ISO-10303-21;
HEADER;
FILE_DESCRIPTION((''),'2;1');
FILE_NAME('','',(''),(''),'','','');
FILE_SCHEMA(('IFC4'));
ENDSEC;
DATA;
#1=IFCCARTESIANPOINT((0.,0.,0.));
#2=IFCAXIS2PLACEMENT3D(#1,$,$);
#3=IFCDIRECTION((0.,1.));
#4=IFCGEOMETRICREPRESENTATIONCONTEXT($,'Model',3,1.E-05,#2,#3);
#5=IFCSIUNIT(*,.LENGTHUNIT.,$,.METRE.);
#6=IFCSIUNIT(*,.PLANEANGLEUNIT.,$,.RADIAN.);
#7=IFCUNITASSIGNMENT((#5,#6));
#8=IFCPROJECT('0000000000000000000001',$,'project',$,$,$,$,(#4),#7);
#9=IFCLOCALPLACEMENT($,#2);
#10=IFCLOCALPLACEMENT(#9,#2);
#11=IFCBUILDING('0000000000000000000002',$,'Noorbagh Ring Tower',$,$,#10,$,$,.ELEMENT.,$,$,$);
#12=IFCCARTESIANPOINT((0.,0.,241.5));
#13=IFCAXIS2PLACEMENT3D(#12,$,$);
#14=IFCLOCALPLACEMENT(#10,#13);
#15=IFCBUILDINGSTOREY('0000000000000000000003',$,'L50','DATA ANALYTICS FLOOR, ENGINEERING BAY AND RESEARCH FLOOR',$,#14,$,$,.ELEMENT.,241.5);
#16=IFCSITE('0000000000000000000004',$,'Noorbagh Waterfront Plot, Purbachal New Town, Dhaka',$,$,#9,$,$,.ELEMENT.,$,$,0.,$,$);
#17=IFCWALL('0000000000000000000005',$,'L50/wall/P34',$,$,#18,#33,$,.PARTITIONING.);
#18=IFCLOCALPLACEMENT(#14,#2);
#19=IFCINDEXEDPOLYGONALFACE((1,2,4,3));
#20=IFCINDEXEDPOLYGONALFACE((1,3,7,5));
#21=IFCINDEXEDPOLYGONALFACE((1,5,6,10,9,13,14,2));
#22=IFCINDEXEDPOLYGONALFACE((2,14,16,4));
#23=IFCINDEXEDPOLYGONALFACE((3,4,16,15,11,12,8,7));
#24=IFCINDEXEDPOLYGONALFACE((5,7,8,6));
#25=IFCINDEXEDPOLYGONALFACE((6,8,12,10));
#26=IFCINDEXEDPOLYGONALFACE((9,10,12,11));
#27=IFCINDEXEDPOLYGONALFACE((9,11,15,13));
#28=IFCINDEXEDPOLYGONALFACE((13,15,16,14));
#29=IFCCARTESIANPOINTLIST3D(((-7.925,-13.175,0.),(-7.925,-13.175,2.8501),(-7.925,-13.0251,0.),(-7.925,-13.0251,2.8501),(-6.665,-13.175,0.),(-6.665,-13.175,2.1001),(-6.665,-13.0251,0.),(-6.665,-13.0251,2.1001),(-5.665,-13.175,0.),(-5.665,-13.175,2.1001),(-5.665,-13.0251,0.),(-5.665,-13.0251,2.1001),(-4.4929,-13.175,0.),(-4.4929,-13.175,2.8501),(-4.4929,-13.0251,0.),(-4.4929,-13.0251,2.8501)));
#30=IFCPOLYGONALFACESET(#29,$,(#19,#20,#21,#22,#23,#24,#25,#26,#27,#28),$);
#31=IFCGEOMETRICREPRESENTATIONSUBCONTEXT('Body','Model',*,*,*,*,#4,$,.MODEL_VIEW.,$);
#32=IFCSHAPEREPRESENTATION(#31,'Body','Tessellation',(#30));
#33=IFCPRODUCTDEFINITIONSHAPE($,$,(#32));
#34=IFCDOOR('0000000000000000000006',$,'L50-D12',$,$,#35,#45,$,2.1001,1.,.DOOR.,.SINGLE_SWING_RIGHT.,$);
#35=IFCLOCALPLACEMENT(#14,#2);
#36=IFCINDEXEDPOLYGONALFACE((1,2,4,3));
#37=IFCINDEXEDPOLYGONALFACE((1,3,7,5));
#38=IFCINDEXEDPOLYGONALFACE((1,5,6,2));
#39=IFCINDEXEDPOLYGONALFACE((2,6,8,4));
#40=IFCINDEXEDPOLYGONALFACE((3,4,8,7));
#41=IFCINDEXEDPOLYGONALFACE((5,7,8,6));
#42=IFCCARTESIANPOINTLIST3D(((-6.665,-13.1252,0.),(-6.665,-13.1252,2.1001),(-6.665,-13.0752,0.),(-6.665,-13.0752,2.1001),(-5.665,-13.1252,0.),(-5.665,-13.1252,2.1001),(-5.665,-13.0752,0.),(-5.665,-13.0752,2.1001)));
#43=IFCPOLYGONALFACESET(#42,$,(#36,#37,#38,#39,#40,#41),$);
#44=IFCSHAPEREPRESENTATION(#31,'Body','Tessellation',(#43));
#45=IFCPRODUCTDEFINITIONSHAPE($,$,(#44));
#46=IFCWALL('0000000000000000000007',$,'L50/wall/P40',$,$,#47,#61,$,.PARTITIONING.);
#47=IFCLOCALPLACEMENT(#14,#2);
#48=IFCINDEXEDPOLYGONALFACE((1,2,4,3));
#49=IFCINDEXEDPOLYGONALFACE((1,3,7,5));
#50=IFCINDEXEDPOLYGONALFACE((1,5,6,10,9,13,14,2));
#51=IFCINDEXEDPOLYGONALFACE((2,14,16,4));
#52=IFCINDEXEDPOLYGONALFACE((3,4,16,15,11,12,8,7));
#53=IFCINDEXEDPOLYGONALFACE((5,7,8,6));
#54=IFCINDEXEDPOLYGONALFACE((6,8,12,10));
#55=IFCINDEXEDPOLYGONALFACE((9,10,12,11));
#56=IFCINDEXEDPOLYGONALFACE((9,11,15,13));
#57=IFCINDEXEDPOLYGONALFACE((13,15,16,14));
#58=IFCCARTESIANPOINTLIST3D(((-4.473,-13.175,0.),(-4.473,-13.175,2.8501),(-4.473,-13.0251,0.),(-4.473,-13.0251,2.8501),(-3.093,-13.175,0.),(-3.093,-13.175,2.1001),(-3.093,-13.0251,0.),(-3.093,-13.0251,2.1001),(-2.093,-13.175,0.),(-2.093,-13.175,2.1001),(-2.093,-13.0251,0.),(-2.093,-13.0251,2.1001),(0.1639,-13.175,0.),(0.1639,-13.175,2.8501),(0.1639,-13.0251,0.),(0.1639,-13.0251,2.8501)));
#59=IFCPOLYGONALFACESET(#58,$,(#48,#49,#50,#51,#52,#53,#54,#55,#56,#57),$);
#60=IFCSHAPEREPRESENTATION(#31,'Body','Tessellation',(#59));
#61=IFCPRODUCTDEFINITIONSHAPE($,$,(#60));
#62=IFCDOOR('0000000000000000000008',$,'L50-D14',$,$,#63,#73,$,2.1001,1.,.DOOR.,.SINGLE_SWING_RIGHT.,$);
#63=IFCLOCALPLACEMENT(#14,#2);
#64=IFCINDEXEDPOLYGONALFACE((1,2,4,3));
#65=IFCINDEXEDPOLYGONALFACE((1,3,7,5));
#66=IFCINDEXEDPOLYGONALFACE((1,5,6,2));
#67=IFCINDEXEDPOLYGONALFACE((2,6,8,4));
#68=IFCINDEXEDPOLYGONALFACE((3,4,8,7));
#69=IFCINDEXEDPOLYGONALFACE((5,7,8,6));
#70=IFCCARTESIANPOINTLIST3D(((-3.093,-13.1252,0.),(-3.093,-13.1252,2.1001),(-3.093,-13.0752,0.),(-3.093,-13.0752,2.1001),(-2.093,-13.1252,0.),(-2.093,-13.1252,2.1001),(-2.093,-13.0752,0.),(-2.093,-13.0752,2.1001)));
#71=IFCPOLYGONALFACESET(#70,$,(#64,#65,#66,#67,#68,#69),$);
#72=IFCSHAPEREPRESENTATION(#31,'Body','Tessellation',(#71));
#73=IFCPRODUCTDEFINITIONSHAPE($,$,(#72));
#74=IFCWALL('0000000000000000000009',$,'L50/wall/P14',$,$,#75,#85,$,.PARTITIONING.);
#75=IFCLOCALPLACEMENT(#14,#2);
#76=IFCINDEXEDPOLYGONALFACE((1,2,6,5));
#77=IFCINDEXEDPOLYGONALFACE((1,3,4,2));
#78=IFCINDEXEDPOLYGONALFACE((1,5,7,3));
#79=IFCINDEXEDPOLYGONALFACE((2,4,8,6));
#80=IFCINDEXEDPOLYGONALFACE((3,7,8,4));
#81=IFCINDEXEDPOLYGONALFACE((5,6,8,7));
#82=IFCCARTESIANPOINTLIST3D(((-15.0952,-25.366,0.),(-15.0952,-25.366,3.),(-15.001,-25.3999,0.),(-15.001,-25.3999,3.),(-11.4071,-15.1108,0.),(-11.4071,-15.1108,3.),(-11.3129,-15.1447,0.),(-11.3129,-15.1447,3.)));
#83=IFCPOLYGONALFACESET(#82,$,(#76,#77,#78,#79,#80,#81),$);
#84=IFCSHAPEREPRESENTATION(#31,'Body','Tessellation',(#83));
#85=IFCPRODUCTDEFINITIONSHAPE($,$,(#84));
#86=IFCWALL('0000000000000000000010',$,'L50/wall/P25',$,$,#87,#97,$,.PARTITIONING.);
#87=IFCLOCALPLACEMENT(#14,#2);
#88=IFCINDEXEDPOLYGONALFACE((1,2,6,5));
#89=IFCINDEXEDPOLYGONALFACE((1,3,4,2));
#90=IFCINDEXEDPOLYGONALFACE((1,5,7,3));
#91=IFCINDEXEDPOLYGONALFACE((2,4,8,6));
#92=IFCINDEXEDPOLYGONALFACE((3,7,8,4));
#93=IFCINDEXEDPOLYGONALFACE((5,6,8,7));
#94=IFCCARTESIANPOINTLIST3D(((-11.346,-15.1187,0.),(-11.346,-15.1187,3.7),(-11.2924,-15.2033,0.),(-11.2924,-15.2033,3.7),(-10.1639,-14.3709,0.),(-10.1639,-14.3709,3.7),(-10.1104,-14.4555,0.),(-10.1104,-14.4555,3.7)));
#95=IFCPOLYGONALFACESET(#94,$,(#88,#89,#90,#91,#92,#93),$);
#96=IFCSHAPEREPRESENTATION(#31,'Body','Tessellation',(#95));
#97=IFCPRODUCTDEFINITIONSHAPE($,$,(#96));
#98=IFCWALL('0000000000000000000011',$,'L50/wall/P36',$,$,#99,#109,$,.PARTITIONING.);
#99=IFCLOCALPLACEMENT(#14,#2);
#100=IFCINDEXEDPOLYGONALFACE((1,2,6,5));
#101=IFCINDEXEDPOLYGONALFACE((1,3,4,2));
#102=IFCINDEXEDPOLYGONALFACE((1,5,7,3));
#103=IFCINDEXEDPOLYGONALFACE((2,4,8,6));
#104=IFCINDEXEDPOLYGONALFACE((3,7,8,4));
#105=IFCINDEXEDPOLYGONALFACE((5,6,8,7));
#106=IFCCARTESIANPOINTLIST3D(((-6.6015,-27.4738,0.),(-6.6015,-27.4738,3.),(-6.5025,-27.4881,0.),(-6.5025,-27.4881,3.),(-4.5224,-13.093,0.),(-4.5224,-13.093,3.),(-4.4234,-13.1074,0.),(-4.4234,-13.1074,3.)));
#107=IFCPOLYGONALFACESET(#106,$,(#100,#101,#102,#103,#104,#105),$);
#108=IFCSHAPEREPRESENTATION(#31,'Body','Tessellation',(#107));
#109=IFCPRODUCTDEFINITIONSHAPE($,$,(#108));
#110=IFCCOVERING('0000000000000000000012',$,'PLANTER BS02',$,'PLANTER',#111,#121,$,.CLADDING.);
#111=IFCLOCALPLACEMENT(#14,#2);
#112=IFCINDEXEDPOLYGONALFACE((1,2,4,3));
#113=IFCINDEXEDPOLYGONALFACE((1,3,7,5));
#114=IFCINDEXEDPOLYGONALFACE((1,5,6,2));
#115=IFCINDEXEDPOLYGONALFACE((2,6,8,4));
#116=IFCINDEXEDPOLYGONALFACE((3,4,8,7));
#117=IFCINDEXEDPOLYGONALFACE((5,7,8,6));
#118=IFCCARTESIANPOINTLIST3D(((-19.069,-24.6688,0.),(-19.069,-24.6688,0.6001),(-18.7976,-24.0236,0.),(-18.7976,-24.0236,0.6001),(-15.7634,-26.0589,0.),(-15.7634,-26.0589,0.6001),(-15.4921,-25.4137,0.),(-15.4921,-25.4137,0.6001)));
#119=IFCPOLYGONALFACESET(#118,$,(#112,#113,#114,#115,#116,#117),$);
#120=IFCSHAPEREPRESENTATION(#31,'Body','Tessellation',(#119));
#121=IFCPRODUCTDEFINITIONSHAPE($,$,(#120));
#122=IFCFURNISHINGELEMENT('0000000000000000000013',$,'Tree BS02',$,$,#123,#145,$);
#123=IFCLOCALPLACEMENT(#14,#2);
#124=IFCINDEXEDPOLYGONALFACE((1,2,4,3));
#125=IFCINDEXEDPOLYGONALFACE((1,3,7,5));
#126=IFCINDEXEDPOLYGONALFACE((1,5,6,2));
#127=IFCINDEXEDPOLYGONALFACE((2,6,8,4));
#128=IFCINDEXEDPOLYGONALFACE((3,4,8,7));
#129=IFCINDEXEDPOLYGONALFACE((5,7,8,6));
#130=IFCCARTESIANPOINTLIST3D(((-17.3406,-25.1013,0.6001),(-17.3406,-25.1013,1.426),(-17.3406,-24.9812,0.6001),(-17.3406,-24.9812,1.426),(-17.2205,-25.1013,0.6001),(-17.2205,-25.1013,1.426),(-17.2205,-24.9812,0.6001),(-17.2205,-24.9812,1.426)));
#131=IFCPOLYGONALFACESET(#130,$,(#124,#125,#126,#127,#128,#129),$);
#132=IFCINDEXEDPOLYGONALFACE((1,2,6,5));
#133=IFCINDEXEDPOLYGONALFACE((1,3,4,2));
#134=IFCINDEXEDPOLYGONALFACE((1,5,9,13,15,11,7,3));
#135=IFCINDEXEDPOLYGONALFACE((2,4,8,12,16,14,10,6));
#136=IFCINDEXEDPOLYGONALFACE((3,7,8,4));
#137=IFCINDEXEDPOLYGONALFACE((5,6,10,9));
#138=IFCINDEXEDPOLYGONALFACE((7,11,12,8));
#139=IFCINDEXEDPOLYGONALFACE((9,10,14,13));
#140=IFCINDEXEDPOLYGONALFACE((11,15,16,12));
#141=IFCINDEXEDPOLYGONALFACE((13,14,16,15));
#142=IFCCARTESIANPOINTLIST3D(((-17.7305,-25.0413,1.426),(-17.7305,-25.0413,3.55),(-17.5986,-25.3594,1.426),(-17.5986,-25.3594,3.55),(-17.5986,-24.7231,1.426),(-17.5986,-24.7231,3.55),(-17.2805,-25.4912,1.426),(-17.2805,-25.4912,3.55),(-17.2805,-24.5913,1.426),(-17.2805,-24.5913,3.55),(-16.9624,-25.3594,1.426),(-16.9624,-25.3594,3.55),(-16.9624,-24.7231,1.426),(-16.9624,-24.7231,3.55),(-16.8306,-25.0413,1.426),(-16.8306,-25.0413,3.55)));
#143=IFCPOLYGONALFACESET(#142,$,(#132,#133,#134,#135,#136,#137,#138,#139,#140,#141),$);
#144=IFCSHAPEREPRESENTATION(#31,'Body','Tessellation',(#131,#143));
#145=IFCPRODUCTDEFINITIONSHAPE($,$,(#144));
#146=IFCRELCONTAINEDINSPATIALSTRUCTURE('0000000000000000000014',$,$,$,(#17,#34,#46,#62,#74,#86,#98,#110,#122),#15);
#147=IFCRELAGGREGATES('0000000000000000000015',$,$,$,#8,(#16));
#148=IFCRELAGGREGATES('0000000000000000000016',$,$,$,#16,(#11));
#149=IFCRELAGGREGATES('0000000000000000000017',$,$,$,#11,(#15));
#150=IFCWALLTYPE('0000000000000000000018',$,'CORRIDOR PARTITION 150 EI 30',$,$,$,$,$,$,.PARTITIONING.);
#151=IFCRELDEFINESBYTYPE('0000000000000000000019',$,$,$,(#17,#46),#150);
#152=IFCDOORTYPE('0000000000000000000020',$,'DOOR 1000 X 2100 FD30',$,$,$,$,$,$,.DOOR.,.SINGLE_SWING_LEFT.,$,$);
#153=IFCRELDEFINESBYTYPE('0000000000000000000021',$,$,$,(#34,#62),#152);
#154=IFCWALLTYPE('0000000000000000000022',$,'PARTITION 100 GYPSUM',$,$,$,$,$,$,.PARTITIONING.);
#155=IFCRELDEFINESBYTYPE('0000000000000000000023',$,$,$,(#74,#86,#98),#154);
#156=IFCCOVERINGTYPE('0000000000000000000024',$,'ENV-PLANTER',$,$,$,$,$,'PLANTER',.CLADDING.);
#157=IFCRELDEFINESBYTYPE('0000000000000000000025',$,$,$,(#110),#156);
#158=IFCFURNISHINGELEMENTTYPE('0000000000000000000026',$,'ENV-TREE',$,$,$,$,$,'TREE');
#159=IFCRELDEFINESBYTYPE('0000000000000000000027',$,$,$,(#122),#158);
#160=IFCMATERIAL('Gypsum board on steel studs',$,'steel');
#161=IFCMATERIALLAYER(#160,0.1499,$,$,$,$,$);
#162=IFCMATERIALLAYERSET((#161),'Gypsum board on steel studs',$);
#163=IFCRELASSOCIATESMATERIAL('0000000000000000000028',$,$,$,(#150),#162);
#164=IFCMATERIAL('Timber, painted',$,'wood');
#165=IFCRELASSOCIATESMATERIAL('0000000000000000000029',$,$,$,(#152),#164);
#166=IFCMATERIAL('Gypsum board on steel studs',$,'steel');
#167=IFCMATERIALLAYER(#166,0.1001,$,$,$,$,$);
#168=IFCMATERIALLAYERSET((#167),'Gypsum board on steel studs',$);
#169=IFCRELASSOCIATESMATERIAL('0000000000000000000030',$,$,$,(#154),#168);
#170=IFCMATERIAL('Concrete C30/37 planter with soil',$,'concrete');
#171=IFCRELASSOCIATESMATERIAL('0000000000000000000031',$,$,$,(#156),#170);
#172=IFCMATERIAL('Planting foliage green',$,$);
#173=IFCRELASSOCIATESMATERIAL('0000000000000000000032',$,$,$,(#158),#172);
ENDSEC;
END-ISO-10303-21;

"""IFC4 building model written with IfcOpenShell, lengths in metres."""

from ifc_helpers import new_model, si_unit, direction, frame, frame_2d, origin, origin_2d, place, context, subcontext, project, spatial, polyline, rectangle, outline, extrude, material, layer, layer_set, type_object, element, fill, save


model = new_model("IFC4")

# Units and contexts
model_context = context("Model", 3, precision=1e-05, world=origin(), true_north=direction((0.0, 1.0)))
body_context = subcontext(model_context, "Body", "Model", "MODEL_VIEW")
ifc_project = project(units=[si_unit("LENGTHUNIT", "METRE"), si_unit("PLANEANGLEUNIT", "RADIAN")], contexts=[model_context])

# Site, building, storey
site_placement = place(None, origin())
site = spatial("IfcSite", under=ifc_project, at=site_placement, Name="Noorbagh Waterfront Plot, Purbachal New Town, Dhaka", CompositionType="ELEMENT", RefElevation=0.0)
building_placement = place(site_placement, origin())
building = spatial("IfcBuilding", under=site, at=building_placement, Name="Noorbagh Ring Tower", CompositionType="ELEMENT")
storey_placement = place(building_placement, frame((0.0, 0.0, 241.5)))
storey = spatial("IfcBuildingStorey", under=building, at=storey_placement, Name="L50", Description="DATA ANALYTICS FLOOR, ENGINEERING BAY AND RESEARCH FLOOR", CompositionType="ELEMENT", Elevation=241.5)

# Shared definitions
ifc_material_1 = material(Name="Gypsum board on steel studs", Category="steel")
ifc_layer_1 = layer(ifc_material_1, 0.1499)
ifc_layer_set_1 = layer_set([ifc_layer_1], Name="Gypsum board on steel studs")
wall_type_1 = type_object("IfcWallType", Name="CORRIDOR PARTITION 150 EI 30", PredefinedType="PARTITIONING", material=ifc_layer_set_1)
ifc_material_2 = material(Name="Timber, painted", Category="wood")
door_type = type_object("IfcDoorType", Name="DOOR 1000 X 2100 FD30", OperationType="SINGLE_SWING_LEFT", PredefinedType="DOOR", material=ifc_material_2)

# Walls, openings, doors
wall_1_placement = place(storey_placement, frame((-7.925, -13.1001, 0.0), z_axis=(0.0, 0.0, 1.0), x_axis=(1.0, 0.0, 0.0)))
wall_1 = element("IfcWall", 1, at=wall_1_placement, inside=storey, type_object=wall_type_1, Name="L50/wall/P34", PredefinedType="PARTITIONING", context=body_context, shape_type="SweptSolid", body=[
    extrude(rectangle(XDim=3.4321, YDim=0.1499, at=frame_2d((1.7161, 0.0))), origin(), (0.0, 0.0, 1.0), 2.8501),
])
opening_1_placement = place(wall_1_placement, frame((1.26, 0.0, 0.0)))
opening_1 = element("IfcOpeningElement", 2, at=opening_1_placement, cuts=wall_1, PredefinedType="OPENING", context=body_context, shape_type="SweptSolid", body=[
    extrude(rectangle(XDim=1.0, YDim=2.1001, at=frame_2d((0.5, 1.05))), frame((0.0, 0.085, 0.0), z_axis=(0.0, -1.0, 0.0), x_axis=(1.0, 0.0, 0.0)), (0.0, 0.0, 1.0), 0.1699),
])
door_1_placement = place(opening_1_placement, origin())
door_1 = element("IfcDoor", 3, at=door_1_placement, inside=storey, type_object=door_type, Name="L50-D12", OperationType="SINGLE_SWING_RIGHT", OverallHeight=2.1001, OverallWidth=1.0, PredefinedType="DOOR", context=body_context, shape_type="SweptSolid", body=[
    extrude(rectangle(XDim=1.0, YDim=2.1001, at=frame_2d((0.5, 1.05))), frame((0.0, 0.0249, 0.0), z_axis=(0.0, -1.0, 0.0), x_axis=(1.0, 0.0, 0.0)), (0.0, 0.0, 1.0), 0.05),
])
fill(opening_1, door_1)
wall_2_placement = place(storey_placement, frame((-4.4729, -13.1001, 0.0), z_axis=(0.0, 0.0, 1.0), x_axis=(1.0, 0.0, 0.0)))
wall_2 = element("IfcWall", 4, at=wall_2_placement, inside=storey, type_object=wall_type_1, Name="L50/wall/P40", PredefinedType="PARTITIONING", context=body_context, shape_type="SweptSolid", body=[
    extrude(rectangle(XDim=4.637, YDim=0.1499, at=frame_2d((2.3184, 0.0))), origin(), (0.0, 0.0, 1.0), 2.8501),
])
opening_2_placement = place(wall_2_placement, frame((1.3799, 0.0, 0.0)))
opening_2 = element("IfcOpeningElement", 5, at=opening_2_placement, cuts=wall_2, PredefinedType="OPENING", context=body_context, shape_type="SweptSolid", body=[
    extrude(rectangle(XDim=1.0, YDim=2.1001, at=frame_2d((0.5, 1.05))), frame((0.0, 0.085, 0.0), z_axis=(0.0, -1.0, 0.0), x_axis=(1.0, 0.0, 0.0)), (0.0, 0.0, 1.0), 0.1699),
])
door_2_placement = place(opening_2_placement, origin())
door_2 = element("IfcDoor", 6, at=door_2_placement, inside=storey, type_object=door_type, Name="L50-D14", OperationType="SINGLE_SWING_RIGHT", OverallHeight=2.1001, OverallWidth=1.0, PredefinedType="DOOR", context=body_context, shape_type="SweptSolid", body=[
    extrude(rectangle(XDim=1.0, YDim=2.1001, at=frame_2d((0.5, 1.05))), frame((0.0, 0.0249, 0.0), z_axis=(0.0, -1.0, 0.0), x_axis=(1.0, 0.0, 0.0)), (0.0, 0.0, 1.0), 0.05),
])
fill(opening_2, door_2)

# Walls
ifc_material_3 = material(Name="Gypsum board on steel studs", Category="steel")
ifc_layer_2 = layer(ifc_material_3, 0.1001)
ifc_layer_set_2 = layer_set([ifc_layer_2], Name="Gypsum board on steel studs")
wall_type_2 = type_object("IfcWallType", Name="PARTITION 100 GYPSUM", PredefinedType="PARTITIONING", material=ifc_layer_set_2)
wall_3_placement = place(storey_placement, frame((-15.0481, -25.3831, 0.0), z_axis=(0.0, 0.0, 1.0), x_axis=(0.338406, 0.941, 0.0)))
element("IfcWall", 7, at=wall_3_placement, inside=storey, type_object=wall_type_2, Name="L50/wall/P14", PredefinedType="PARTITIONING", context=body_context, shape_type="SweptSolid", body=[
    extrude(rectangle(XDim=10.8982, YDim=0.1001, at=frame_2d((5.4492, 0.0))), origin(), (0.0, 0.0, 1.0), 3.0),
])
wall_4_placement = place(storey_placement, frame((-11.3191, -15.1609, 0.0), z_axis=(0.0, 0.0, 1.0), x_axis=(0.845103, 0.534604, 0.0)))
element("IfcWall", 8, at=wall_4_placement, inside=storey, type_object=wall_type_2, Name="L50/wall/P25", PredefinedType="PARTITIONING", context=body_context, shape_type="SweptSolid", body=[
    extrude(rectangle(XDim=1.3987, YDim=0.1001, at=frame_2d((0.6992, 0.0))), origin(), (0.0, 0.0, 1.0), 3.7),
])
wall_5_placement = place(storey_placement, frame((-6.552, -27.481, 0.0), z_axis=(0.0, 0.0, 1.0), x_axis=(0.143087, 0.98971, 0.0)))
element("IfcWall", 9, at=wall_5_placement, inside=storey, type_object=wall_type_2, Name="L50/wall/P36", PredefinedType="PARTITIONING", context=body_context, shape_type="SweptSolid", body=[
    extrude(rectangle(XDim=14.5303, YDim=0.1001, at=frame_2d((7.2651, 0.0))), origin(), (0.0, 0.0, 1.0), 3.0),
])

# Covering
ifc_material_4 = material(Name="Concrete C30/37 planter with soil", Category="concrete")
covering_type = type_object("IfcCoveringType", Name="ENV-PLANTER", ElementType="PLANTER", PredefinedType="CLADDING", material=ifc_material_4)
covering_placement = place(storey_placement, frame((-17.2805, -25.0413, 0.0), z_axis=(0.0, 0.0, 1.0), x_axis=(0.921812, -0.387638, 0.0)))
element("IfcCovering", 10, at=covering_placement, inside=storey, type_object=covering_type, Name="PLANTER BS02", ObjectType="PLANTER", PredefinedType="CLADDING", context=body_context, shape_type="SweptSolid", body=[
    extrude(rectangle(XDim=3.5859, YDim=0.7, at=origin_2d()), origin(), (0.0, 0.0, 1.0), 0.6001),
])

# Furnishing element
ifc_material_5 = material(Name="Planting foliage green")
furnishing_element_type = type_object("IfcFurnishingElementType", Name="ENV-TREE", ElementType="TREE", material=ifc_material_5)
furnishing_placement = place(storey_placement, frame((-17.2805, -25.0413, 0.6001), z_axis=(0.0, 0.0, 1.0), x_axis=(1.0, 0.0, 0.0)))
element("IfcFurnishingElement", 11, at=furnishing_placement, inside=storey, type_object=furnishing_element_type, Name="Tree BS02", context=body_context, shape_type="SweptSolid", body=[
    extrude(rectangle(XDim=0.1201, YDim=0.1201, at=origin_2d()), origin(), (0.0, 0.0, 1.0), 0.8259),
    extrude(outline(polyline([(0.45, 0.0), (0.3181, 0.3181), (0.0, 0.45), (-0.3181, 0.3181), (-0.45, 0.0), (-0.3181, -0.3181), (0.0, -0.45), (0.3181, -0.3181), (0.45, 0.0)])), frame((0.0, 0.0, 0.8259)), (0.0, 0.0, 1.0), 2.124),
])

save(model, "model.ifc")
